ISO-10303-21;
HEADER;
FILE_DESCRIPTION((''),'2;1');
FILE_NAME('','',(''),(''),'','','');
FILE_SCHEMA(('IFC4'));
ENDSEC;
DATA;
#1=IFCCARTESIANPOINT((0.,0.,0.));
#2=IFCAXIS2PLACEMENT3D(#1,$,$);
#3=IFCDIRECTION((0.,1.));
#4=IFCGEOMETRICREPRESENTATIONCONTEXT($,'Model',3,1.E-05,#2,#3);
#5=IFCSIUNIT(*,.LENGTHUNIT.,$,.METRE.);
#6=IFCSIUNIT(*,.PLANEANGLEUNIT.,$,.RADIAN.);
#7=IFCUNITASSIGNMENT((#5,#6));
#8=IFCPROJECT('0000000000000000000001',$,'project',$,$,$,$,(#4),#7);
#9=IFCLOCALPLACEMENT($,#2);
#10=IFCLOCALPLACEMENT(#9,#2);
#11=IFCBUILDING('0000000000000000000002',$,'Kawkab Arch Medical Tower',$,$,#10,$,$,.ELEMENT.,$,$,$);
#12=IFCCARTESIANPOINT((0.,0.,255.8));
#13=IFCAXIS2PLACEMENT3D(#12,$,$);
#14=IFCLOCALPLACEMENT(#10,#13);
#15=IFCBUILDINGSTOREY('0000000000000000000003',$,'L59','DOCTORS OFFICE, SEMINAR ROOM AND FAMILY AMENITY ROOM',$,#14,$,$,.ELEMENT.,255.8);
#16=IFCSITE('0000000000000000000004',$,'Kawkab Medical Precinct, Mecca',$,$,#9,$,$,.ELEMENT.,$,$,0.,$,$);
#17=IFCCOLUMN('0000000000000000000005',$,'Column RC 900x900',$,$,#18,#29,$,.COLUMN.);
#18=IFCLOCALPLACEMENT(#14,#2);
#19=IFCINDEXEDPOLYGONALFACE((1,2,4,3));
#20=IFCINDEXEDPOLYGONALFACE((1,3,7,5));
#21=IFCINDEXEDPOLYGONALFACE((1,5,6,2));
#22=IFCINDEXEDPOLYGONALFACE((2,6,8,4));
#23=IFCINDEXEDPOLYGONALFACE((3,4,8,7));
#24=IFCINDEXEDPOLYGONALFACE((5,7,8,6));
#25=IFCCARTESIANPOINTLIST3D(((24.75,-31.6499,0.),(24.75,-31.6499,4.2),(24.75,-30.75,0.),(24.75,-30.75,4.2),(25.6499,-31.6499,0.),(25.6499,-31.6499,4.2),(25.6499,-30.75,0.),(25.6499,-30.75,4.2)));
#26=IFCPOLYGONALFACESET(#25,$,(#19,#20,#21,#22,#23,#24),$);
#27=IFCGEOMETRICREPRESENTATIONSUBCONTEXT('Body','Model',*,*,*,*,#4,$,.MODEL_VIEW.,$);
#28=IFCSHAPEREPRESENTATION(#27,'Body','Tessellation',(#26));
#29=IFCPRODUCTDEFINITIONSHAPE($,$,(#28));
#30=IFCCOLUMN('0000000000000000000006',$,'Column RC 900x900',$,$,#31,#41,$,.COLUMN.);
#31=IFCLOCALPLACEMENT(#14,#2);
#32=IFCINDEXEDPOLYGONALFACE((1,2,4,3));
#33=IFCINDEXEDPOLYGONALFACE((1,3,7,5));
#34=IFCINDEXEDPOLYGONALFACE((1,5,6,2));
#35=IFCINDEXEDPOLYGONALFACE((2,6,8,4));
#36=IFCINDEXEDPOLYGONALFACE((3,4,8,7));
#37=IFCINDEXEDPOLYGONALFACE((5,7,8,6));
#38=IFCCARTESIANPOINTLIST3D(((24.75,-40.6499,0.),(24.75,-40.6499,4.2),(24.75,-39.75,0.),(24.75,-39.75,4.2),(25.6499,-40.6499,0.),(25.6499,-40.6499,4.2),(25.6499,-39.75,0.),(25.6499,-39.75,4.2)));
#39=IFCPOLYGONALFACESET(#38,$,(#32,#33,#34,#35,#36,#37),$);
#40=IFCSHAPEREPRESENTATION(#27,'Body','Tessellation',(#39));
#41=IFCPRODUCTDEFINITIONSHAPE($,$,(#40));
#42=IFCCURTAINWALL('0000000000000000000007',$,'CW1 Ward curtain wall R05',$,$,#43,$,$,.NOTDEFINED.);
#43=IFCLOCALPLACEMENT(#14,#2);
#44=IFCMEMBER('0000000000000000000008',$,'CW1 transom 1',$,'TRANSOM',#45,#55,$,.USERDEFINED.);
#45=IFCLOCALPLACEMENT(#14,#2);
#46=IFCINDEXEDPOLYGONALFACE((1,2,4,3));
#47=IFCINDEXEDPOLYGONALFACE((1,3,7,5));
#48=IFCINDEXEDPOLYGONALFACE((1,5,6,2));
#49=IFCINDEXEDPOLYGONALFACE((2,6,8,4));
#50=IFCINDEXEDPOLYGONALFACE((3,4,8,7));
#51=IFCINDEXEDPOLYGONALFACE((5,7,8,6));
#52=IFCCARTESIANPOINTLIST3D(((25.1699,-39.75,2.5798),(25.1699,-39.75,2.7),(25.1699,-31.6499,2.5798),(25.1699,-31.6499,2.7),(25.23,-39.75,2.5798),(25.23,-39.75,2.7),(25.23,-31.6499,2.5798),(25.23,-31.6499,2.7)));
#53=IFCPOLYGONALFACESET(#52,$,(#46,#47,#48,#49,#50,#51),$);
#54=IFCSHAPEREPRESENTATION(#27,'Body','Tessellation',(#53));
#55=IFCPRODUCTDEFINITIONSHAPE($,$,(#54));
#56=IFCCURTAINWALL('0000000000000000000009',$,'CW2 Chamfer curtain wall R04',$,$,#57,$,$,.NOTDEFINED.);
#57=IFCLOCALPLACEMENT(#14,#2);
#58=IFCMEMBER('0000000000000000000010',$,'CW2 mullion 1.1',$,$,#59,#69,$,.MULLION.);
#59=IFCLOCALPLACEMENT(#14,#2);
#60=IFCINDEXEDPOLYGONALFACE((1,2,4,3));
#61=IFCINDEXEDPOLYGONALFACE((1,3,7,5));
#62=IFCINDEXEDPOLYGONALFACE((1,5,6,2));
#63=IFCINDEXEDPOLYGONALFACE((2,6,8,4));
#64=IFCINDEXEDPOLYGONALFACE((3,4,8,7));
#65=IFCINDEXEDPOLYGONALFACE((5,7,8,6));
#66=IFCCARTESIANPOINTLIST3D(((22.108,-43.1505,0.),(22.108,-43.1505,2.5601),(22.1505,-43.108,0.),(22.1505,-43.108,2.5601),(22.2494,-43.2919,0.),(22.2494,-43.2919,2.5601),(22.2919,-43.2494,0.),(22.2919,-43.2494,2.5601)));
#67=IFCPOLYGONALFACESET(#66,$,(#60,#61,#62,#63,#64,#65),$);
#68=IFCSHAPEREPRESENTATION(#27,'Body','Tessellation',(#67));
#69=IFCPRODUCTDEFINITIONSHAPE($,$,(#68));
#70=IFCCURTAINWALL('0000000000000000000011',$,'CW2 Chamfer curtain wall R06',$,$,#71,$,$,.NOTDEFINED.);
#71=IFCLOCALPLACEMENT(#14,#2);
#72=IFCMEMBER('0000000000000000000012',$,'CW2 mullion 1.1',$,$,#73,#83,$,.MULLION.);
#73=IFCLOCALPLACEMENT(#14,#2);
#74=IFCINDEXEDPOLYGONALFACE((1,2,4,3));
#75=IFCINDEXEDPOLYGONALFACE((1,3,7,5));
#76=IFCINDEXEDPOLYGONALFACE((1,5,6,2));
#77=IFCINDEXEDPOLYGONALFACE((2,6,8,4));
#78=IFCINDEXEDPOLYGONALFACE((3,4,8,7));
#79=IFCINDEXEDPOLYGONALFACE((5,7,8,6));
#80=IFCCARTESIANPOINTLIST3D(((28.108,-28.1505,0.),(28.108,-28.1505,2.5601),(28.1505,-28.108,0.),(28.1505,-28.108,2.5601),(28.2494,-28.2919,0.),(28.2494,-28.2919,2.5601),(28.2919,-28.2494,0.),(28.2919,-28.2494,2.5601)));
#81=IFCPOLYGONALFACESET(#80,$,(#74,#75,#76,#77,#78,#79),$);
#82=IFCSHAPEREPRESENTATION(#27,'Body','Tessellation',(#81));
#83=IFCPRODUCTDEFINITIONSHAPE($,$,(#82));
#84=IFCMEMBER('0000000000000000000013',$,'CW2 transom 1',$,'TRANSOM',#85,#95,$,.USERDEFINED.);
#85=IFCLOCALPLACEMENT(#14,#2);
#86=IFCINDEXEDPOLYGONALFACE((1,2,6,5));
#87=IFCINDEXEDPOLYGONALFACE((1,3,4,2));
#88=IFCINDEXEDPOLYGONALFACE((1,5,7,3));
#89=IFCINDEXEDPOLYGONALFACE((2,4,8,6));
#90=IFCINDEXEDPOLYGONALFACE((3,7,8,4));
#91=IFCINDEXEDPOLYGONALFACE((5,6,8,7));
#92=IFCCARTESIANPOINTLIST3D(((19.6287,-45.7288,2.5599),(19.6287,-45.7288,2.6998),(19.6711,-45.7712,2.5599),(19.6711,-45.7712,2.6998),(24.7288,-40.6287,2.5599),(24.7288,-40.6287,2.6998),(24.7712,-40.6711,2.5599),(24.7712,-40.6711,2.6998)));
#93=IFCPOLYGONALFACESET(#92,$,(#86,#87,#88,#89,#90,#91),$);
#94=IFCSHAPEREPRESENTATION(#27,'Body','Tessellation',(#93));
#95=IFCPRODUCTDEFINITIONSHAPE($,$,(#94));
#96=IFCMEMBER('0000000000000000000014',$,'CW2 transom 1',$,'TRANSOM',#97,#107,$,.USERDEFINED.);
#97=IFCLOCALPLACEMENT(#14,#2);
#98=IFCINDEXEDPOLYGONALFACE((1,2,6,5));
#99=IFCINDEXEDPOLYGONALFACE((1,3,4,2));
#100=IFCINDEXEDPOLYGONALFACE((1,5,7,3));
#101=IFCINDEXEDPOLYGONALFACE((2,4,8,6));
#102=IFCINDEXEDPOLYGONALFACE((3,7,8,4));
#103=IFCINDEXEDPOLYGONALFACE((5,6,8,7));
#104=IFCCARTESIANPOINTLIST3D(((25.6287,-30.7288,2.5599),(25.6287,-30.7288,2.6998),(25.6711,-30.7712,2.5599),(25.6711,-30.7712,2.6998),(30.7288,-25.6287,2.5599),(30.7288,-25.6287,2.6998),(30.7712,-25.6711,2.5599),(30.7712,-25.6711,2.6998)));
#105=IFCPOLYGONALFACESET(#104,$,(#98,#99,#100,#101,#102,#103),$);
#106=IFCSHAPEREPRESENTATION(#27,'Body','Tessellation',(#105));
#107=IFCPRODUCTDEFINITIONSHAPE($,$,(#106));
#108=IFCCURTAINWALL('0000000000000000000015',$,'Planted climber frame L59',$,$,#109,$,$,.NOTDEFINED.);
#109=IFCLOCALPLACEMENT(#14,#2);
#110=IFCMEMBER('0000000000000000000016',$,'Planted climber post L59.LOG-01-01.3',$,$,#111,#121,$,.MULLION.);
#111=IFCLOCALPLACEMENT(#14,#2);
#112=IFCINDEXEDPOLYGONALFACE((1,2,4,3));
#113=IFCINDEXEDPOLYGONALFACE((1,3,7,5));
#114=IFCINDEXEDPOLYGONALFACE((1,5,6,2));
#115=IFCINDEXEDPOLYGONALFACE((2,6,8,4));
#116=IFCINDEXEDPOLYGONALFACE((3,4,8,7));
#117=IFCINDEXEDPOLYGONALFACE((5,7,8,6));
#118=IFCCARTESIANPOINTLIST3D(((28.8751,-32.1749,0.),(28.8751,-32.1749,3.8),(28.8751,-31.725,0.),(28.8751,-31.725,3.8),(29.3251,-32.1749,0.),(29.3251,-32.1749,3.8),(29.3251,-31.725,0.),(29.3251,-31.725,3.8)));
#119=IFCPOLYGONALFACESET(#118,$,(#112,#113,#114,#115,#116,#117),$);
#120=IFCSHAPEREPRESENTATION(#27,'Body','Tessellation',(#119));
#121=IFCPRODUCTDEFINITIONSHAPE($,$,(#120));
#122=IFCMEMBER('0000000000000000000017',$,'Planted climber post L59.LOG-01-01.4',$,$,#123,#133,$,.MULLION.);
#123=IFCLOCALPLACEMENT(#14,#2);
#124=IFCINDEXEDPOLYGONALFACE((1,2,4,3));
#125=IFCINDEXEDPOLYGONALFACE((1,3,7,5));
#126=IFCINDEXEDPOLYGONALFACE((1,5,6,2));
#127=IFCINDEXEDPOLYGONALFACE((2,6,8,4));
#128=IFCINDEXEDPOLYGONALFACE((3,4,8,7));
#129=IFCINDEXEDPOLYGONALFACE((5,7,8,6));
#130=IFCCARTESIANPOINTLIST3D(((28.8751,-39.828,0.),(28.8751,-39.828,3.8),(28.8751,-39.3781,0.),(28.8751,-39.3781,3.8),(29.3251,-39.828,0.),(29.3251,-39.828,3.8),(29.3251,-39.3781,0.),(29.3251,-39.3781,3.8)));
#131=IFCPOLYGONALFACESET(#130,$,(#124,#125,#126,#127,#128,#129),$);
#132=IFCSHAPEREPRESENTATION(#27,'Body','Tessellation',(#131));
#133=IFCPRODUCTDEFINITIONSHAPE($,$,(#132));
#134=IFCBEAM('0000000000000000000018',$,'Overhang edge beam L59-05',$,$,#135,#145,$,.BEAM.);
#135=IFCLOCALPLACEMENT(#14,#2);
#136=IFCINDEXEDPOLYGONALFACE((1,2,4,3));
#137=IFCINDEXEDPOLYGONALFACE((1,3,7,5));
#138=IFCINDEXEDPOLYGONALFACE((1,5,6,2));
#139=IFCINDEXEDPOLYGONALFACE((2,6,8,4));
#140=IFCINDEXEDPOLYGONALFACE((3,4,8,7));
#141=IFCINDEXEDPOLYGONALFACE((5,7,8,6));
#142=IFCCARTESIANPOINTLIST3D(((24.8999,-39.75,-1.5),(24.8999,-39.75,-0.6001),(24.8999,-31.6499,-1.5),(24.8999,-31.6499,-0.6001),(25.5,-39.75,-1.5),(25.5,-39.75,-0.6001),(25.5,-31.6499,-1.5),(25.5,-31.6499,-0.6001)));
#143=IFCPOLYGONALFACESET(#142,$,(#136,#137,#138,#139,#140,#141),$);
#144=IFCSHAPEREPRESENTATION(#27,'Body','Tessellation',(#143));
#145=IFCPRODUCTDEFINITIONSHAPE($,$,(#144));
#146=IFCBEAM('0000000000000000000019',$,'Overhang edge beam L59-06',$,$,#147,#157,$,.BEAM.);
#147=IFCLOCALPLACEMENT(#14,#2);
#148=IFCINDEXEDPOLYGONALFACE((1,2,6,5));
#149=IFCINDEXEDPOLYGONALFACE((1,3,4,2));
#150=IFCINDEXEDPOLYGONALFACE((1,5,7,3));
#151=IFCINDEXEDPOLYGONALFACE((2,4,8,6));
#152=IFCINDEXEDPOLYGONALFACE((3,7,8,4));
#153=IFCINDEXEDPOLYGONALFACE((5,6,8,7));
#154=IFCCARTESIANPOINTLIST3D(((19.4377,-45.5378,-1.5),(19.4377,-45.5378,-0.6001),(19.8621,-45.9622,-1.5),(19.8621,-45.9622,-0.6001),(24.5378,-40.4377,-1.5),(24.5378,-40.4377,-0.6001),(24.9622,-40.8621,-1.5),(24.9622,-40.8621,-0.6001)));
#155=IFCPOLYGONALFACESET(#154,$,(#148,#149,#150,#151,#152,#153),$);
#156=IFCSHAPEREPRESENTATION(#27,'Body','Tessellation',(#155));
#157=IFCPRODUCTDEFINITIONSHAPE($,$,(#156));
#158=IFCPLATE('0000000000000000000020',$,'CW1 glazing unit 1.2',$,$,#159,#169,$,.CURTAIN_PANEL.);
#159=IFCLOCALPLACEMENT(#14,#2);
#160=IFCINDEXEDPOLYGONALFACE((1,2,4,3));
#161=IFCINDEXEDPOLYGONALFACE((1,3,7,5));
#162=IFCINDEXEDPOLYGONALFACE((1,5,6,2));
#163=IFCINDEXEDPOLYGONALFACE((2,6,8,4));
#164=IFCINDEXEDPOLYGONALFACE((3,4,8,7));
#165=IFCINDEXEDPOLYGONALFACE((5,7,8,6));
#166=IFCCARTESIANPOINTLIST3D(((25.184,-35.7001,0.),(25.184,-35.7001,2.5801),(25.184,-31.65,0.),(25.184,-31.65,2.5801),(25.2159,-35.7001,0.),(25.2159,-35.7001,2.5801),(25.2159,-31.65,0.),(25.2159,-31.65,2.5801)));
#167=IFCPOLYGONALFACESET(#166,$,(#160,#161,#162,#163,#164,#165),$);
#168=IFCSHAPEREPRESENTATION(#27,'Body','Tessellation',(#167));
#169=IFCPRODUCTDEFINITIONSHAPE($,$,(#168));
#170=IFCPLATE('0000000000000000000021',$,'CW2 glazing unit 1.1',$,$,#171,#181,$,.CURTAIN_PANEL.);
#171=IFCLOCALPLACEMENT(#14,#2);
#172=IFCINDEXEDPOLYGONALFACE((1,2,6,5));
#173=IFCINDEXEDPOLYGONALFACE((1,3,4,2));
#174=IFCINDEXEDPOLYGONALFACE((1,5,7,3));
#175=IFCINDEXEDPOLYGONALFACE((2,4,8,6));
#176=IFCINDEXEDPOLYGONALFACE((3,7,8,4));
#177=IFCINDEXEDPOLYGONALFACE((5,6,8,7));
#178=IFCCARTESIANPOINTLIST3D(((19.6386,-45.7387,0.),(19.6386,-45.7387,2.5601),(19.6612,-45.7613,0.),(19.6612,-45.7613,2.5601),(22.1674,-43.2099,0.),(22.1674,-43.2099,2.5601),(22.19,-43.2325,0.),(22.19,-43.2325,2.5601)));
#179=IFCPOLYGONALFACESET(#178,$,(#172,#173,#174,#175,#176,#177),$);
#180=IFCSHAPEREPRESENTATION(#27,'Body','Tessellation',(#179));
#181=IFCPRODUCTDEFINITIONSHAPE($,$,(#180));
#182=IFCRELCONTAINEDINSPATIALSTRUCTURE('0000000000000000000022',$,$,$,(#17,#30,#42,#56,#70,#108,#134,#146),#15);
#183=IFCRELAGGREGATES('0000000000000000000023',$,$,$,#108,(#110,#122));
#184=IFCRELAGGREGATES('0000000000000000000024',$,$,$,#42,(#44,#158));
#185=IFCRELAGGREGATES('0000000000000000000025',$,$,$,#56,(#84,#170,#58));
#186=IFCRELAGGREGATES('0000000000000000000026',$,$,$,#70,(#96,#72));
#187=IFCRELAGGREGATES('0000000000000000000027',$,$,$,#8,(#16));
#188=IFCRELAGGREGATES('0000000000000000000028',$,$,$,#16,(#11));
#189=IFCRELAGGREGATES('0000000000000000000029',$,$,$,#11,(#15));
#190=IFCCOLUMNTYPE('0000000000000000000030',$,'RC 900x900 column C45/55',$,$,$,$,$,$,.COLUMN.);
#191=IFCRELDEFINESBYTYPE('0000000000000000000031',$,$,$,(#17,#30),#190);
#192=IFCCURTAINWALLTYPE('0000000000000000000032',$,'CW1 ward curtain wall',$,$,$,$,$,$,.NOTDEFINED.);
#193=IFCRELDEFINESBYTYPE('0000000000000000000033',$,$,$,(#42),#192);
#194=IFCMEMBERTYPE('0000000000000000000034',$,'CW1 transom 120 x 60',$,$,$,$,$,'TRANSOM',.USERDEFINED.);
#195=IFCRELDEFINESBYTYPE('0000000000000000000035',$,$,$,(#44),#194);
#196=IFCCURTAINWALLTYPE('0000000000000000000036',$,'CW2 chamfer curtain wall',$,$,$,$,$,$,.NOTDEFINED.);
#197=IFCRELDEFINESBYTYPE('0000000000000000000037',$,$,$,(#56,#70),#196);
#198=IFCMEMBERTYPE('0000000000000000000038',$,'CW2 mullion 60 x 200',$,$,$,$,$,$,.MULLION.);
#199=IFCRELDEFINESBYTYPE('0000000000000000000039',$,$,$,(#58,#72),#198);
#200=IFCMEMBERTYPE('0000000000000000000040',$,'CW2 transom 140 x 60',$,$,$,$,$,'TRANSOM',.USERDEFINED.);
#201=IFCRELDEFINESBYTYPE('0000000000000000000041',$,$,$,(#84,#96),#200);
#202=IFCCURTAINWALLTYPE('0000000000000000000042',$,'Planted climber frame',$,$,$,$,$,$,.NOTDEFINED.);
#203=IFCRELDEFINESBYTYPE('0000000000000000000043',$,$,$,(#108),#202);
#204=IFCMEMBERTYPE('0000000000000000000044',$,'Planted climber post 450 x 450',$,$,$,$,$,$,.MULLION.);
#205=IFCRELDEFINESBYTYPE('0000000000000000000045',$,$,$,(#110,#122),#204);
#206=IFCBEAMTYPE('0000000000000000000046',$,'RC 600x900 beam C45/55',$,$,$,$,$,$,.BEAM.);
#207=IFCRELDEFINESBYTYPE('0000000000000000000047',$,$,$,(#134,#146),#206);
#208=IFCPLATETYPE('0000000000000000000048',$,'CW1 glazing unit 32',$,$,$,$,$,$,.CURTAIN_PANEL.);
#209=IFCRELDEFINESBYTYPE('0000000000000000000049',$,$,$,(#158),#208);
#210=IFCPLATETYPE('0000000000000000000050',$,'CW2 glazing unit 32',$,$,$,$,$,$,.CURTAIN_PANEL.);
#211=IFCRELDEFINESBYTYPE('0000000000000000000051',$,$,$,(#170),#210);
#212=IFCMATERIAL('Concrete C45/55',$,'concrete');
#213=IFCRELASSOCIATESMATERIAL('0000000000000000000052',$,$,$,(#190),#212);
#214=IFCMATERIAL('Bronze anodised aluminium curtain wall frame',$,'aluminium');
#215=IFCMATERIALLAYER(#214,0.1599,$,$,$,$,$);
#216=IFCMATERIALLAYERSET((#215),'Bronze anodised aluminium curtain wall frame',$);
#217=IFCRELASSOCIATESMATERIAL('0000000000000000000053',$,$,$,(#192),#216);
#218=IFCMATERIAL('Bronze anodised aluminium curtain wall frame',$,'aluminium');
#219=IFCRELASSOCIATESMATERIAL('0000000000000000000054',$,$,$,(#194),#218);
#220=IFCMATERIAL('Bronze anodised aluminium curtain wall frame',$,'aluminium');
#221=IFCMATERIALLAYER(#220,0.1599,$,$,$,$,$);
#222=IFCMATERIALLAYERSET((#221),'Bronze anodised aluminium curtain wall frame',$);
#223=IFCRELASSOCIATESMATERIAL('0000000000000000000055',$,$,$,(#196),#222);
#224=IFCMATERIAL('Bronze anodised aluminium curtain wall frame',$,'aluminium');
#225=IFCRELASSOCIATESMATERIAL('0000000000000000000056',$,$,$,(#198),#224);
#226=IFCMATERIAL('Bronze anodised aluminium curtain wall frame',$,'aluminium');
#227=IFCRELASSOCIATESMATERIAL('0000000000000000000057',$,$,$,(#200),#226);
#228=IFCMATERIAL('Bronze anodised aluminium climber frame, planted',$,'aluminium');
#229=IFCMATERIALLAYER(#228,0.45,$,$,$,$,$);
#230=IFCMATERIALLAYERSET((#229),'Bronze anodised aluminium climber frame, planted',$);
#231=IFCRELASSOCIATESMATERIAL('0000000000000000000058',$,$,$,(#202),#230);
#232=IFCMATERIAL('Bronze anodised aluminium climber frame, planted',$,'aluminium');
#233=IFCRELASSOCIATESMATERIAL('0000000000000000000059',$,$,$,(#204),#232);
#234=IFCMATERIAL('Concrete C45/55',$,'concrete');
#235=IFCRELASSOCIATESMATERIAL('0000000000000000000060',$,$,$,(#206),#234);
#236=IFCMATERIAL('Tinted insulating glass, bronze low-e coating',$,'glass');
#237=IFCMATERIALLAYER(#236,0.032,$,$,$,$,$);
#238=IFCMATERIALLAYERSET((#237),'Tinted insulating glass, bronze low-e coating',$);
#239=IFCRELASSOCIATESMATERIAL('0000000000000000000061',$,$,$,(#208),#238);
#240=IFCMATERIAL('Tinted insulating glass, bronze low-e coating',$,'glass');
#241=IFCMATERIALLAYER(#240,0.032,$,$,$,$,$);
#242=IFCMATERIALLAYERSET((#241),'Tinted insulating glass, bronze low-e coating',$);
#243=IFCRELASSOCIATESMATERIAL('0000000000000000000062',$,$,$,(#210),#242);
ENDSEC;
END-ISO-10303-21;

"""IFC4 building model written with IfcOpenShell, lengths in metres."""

from ifc_helpers import new_model, si_unit, direction, frame, origin, origin_2d, place, context, subcontext, project, spatial, rectangle, extrude, material, layer, layer_set, material_profile, profile_set, type_object, element, aggregate, save


model = new_model("IFC4")

# Units and contexts
model_context = context("Model", 3, precision=1e-05, world=origin(), true_north=direction((0.0, 1.0)))
body_context = subcontext(model_context, "Body", "Model", "MODEL_VIEW")
ifc_project = project(units=[si_unit("LENGTHUNIT", "METRE"), si_unit("PLANEANGLEUNIT", "RADIAN")], contexts=[model_context])

# Site, building, storey
site_placement = place(None, origin())
site = spatial("IfcSite", under=ifc_project, at=site_placement, Name="Kawkab Medical Precinct, Mecca", CompositionType="ELEMENT", RefElevation=0.0)
building_placement = place(site_placement, origin())
building = spatial("IfcBuilding", under=site, at=building_placement, Name="Kawkab Arch Medical Tower", CompositionType="ELEMENT")
storey_placement = place(building_placement, frame((0.0, 0.0, 255.8)))
storey = spatial("IfcBuildingStorey", under=building, at=storey_placement, Name="L59", Description="DOCTORS OFFICE, SEMINAR ROOM AND FAMILY AMENITY ROOM", CompositionType="ELEMENT", Elevation=255.8)

# Columns
ifc_material_1 = material(Name="Concrete C45/55", Category="concrete")
ifc_material_profile_1 = material_profile(ifc_material_1, rectangle(XDim=0.8999, YDim=0.8999, at=origin_2d()), Name="RC 900x900")
ifc_profile_set_1 = profile_set([ifc_material_profile_1], Name="Concrete C45/55")
column_type = type_object("IfcColumnType", Name="RC 900x900 column C45/55", PredefinedType="COLUMN", material=ifc_profile_set_1)
for number, where, z_axis, x_axis, name in (
    (1, (25.2, -31.2, 0.0), (0.0, 0.0, 1.0), (1.0, 0.0, 0.0), "Column RC 900x900"),
    (2, (25.2, -40.2, 0.0), (0.0, 0.0, 1.0), (1.0, 0.0, 0.0), "Column RC 900x900"),
):
    element("IfcColumn", number, at=place(storey_placement, frame(where, z_axis=z_axis, x_axis=x_axis)), inside=storey, type_object=column_type, Name=name, PredefinedType="COLUMN", context=body_context, shape_type="SweptSolid", body=[
        extrude(rectangle(XDim=0.8999, YDim=0.8999, at=origin_2d()), origin(), (0.0, 0.0, 1.0), 4.2),
    ])

# Curtain walls, members
ifc_material_2 = material(Name="Bronze anodised aluminium curtain wall frame", Category="aluminium")
ifc_layer_1 = layer(ifc_material_2, 0.1599)
ifc_layer_set_1 = layer_set([ifc_layer_1], Name="Bronze anodised aluminium curtain wall frame")
curtain_wall_type_1 = type_object("IfcCurtainWallType", Name="CW1 ward curtain wall", PredefinedType="NOTDEFINED", material=ifc_layer_set_1)
placement = place(storey_placement, origin())
curtain_wall_1 = element("IfcCurtainWall", 3, at=placement, inside=storey, type_object=curtain_wall_type_1, Name="CW1 Ward curtain wall R05", PredefinedType="NOTDEFINED")
ifc_material_3 = material(Name="Bronze anodised aluminium curtain wall frame", Category="aluminium")
ifc_material_profile_2 = material_profile(ifc_material_3, rectangle(XDim=0.0601, YDim=0.1201, at=origin_2d()), Name="AL 60x120")
ifc_profile_set_2 = profile_set([ifc_material_profile_2], Name="Bronze anodised aluminium curtain wall frame")
member_type_1 = type_object("IfcMemberType", Name="CW1 transom 120 x 60", ElementType="TRANSOM", PredefinedType="USERDEFINED", material=ifc_profile_set_2)
member_1_placement = place(storey_placement, frame((25.2, -39.75, 2.6399), z_axis=(0.0, 1.0, 0.0), x_axis=(-1.0, 0.0, 0.0)))
member_1 = element("IfcMember", 4, at=member_1_placement, type_object=member_type_1, Name="CW1 transom 1", ObjectType="TRANSOM", PredefinedType="USERDEFINED", context=body_context, shape_type="SweptSolid", body=[
    extrude(rectangle(XDim=0.0601, YDim=0.1201, at=origin_2d()), origin(), (0.0, 0.0, 1.0), 8.1001),
])
ifc_material_4 = material(Name="Bronze anodised aluminium curtain wall frame", Category="aluminium")
ifc_layer_2 = layer(ifc_material_4, 0.1599)
ifc_layer_set_2 = layer_set([ifc_layer_2], Name="Bronze anodised aluminium curtain wall frame")
curtain_wall_type_2 = type_object("IfcCurtainWallType", Name="CW2 chamfer curtain wall", PredefinedType="NOTDEFINED", material=ifc_layer_set_2)
curtain_wall_2 = element("IfcCurtainWall", 5, at=placement, inside=storey, type_object=curtain_wall_type_2, Name="CW2 Chamfer curtain wall R04", PredefinedType="NOTDEFINED")
ifc_material_5 = material(Name="Bronze anodised aluminium curtain wall frame", Category="aluminium")
ifc_material_profile_3 = material_profile(ifc_material_5, rectangle(XDim=0.2, YDim=0.0601, at=origin_2d()), Name="AL 60x200")
ifc_profile_set_3 = profile_set([ifc_material_profile_3], Name="Bronze anodised aluminium curtain wall frame")
member_type_2 = type_object("IfcMemberType", Name="CW2 mullion 60 x 200", PredefinedType="MULLION", material=ifc_profile_set_3)
member_2_placement = place(storey_placement, frame((22.2, -43.2, 0.0), z_axis=(0.0, 0.0, 1.0), x_axis=(-0.707107, 0.707107, 0.0)))
member_2 = element("IfcMember", 6, at=member_2_placement, type_object=member_type_2, Name="CW2 mullion 1.1", PredefinedType="MULLION", context=body_context, shape_type="SweptSolid", body=[
    extrude(rectangle(XDim=0.2, YDim=0.0601, at=origin_2d()), origin(), (0.0, 0.0, 1.0), 2.5601),
])
curtain_wall_3 = element("IfcCurtainWall", 7, at=placement, inside=storey, type_object=curtain_wall_type_2, Name="CW2 Chamfer curtain wall R06", PredefinedType="NOTDEFINED")
member_3_placement = place(storey_placement, frame((28.2, -28.2, 0.0), z_axis=(0.0, 0.0, 1.0), x_axis=(-0.707107, 0.707107, 0.0)))
member_3 = element("IfcMember", 8, at=member_3_placement, type_object=member_type_2, Name="CW2 mullion 1.1", PredefinedType="MULLION", context=body_context, shape_type="SweptSolid", body=[
    extrude(rectangle(XDim=0.2, YDim=0.0601, at=origin_2d()), origin(), (0.0, 0.0, 1.0), 2.5601),
])

# Members
ifc_material_6 = material(Name="Bronze anodised aluminium curtain wall frame", Category="aluminium")
ifc_material_profile_4 = material_profile(ifc_material_6, rectangle(XDim=0.0601, YDim=0.1399, at=origin_2d()), Name="AL 60x140")
ifc_profile_set_4 = profile_set([ifc_material_profile_4], Name="Bronze anodised aluminium curtain wall frame")
member_type_3 = type_object("IfcMemberType", Name="CW2 transom 140 x 60", ElementType="TRANSOM", PredefinedType="USERDEFINED", material=ifc_profile_set_4)
member_4_placement = place(storey_placement, frame((19.6499, -45.75, 2.6299), z_axis=(0.707107, 0.707107, 0.0), x_axis=(-0.707107, 0.707107, 0.0)))
member_4 = element("IfcMember", 9, at=member_4_placement, type_object=member_type_3, Name="CW2 transom 1", ObjectType="TRANSOM", PredefinedType="USERDEFINED", context=body_context, shape_type="SweptSolid", body=[
    extrude(rectangle(XDim=0.0601, YDim=0.1399, at=origin_2d()), origin(), (0.0, 0.0, 1.0), 7.2126),
])
member_5_placement = place(storey_placement, frame((25.6499, -30.75, 2.6299), z_axis=(0.707107, 0.707107, 0.0), x_axis=(-0.707107, 0.707107, 0.0)))
member_5 = element("IfcMember", 10, at=member_5_placement, type_object=member_type_3, Name="CW2 transom 1", ObjectType="TRANSOM", PredefinedType="USERDEFINED", context=body_context, shape_type="SweptSolid", body=[
    extrude(rectangle(XDim=0.0601, YDim=0.1399, at=origin_2d()), origin(), (0.0, 0.0, 1.0), 7.2126),
])

# Curtain wall, members
ifc_material_7 = material(Name="Bronze anodised aluminium climber frame, planted", Category="aluminium")
ifc_layer_3 = layer(ifc_material_7, 0.45)
ifc_layer_set_3 = layer_set([ifc_layer_3], Name="Bronze anodised aluminium climber frame, planted")
curtain_wall_type_3 = type_object("IfcCurtainWallType", Name="Planted climber frame", PredefinedType="NOTDEFINED", material=ifc_layer_set_3)
curtain_wall_4 = element("IfcCurtainWall", 11, at=placement, inside=storey, type_object=curtain_wall_type_3, Name="Planted climber frame L59", PredefinedType="NOTDEFINED")
ifc_material_8 = material(Name="Bronze anodised aluminium climber frame, planted", Category="aluminium")
ifc_material_profile_5 = material_profile(ifc_material_8, rectangle(XDim=0.45, YDim=0.45, at=origin_2d()), Name="Post 450x450")
ifc_profile_set_5 = profile_set([ifc_material_profile_5], Name="Bronze anodised aluminium climber frame, planted")
member_type_4 = type_object("IfcMemberType", Name="Planted climber post 450 x 450", PredefinedType="MULLION", material=ifc_profile_set_5)
member_6_placement = place(storey_placement, frame((29.1001, -31.95, 0.0), z_axis=(0.0, 0.0, 1.0), x_axis=(1.0, 0.0, 0.0)))
member_6 = element("IfcMember", 12, at=member_6_placement, type_object=member_type_4, Name="Planted climber post L59.LOG-01-01.3", PredefinedType="MULLION", context=body_context, shape_type="SweptSolid", body=[
    extrude(rectangle(XDim=0.45, YDim=0.45, at=origin_2d()), origin(), (0.0, 0.0, 1.0), 3.8),
])
member_7_placement = place(storey_placement, frame((29.1001, -39.603, 0.0), z_axis=(0.0, 0.0, 1.0), x_axis=(1.0, 0.0, 0.0)))
member_7 = element("IfcMember", 13, at=member_7_placement, type_object=member_type_4, Name="Planted climber post L59.LOG-01-01.4", PredefinedType="MULLION", context=body_context, shape_type="SweptSolid", body=[
    extrude(rectangle(XDim=0.45, YDim=0.45, at=origin_2d()), origin(), (0.0, 0.0, 1.0), 3.8),
])
aggregate(curtain_wall_4, [member_6, member_7])

# Beams
ifc_material_9 = material(Name="Concrete C45/55", Category="concrete")
ifc_material_profile_6 = material_profile(ifc_material_9, rectangle(XDim=0.6001, YDim=0.8999, at=origin_2d()), Name="RC 600x900")
ifc_profile_set_6 = profile_set([ifc_material_profile_6], Name="Concrete C45/55")
beam_type = type_object("IfcBeamType", Name="RC 600x900 beam C45/55", PredefinedType="BEAM", material=ifc_profile_set_6)
beam_1_placement = place(storey_placement, frame((25.2, -31.6499, -1.05), z_axis=(0.0, -1.0, 0.0), x_axis=(1.0, 0.0, 0.0)))
element("IfcBeam", 14, at=beam_1_placement, inside=storey, type_object=beam_type, Name="Overhang edge beam L59-05", PredefinedType="BEAM", context=body_context, shape_type="SweptSolid", body=[
    extrude(rectangle(XDim=0.6001, YDim=0.8999, at=origin_2d()), origin(), (0.0, 0.0, 1.0), 8.1001),
])
beam_2_placement = place(storey_placement, frame((24.75, -40.6499, -1.05), z_axis=(-0.707107, -0.707107, 0.0), x_axis=(0.707107, -0.707107, 0.0)))
element("IfcBeam", 15, at=beam_2_placement, inside=storey, type_object=beam_type, Name="Overhang edge beam L59-06", PredefinedType="BEAM", context=body_context, shape_type="SweptSolid", body=[
    extrude(rectangle(XDim=0.6001, YDim=0.8999, at=origin_2d()), origin(), (0.0, 0.0, 1.0), 7.2126),
])

# Plates
ifc_material_10 = material(Name="Tinted insulating glass, bronze low-e coating", Category="glass")
ifc_layer_4 = layer(ifc_material_10, 0.032)
ifc_layer_set_4 = layer_set([ifc_layer_4], Name="Tinted insulating glass, bronze low-e coating")
plate_type_1 = type_object("IfcPlateType", Name="CW1 glazing unit 32", PredefinedType="CURTAIN_PANEL", material=ifc_layer_set_4)
plate_1_placement = place(storey_placement, frame((25.2, -33.675, 0.0), z_axis=(0.0, 0.0, 1.0), x_axis=(0.0, 1.0, 0.0)))
plate_1 = element("IfcPlate", 16, at=plate_1_placement, type_object=plate_type_1, Name="CW1 glazing unit 1.2", PredefinedType="CURTAIN_PANEL", context=body_context, shape_type="SweptSolid", body=[
    extrude(rectangle(XDim=4.05, YDim=0.032, at=origin_2d()), origin(), (0.0, 0.0, 1.0), 2.5801),
])
aggregate(curtain_wall_1, [member_1, plate_1])
ifc_material_11 = material(Name="Tinted insulating glass, bronze low-e coating", Category="glass")
ifc_layer_5 = layer(ifc_material_11, 0.032)
ifc_layer_set_5 = layer_set([ifc_layer_5], Name="Tinted insulating glass, bronze low-e coating")
plate_type_2 = type_object("IfcPlateType", Name="CW2 glazing unit 32", PredefinedType="CURTAIN_PANEL", material=ifc_layer_set_5)
plate_2_placement = place(storey_placement, frame((20.9143, -44.4856, 0.0), z_axis=(0.0, 0.0, 1.0), x_axis=(0.707107, 0.707107, 0.0)))
plate_2 = element("IfcPlate", 17, at=plate_2_placement, type_object=plate_type_2, Name="CW2 glazing unit 1.1", PredefinedType="CURTAIN_PANEL", context=body_context, shape_type="SweptSolid", body=[
    extrude(rectangle(XDim=3.5762, YDim=0.032, at=origin_2d()), origin(), (0.0, 0.0, 1.0), 2.5601),
])
aggregate(curtain_wall_2, [member_4, plate_2, member_2])
aggregate(curtain_wall_3, [member_5, member_3])

save(model, "model.ifc")
